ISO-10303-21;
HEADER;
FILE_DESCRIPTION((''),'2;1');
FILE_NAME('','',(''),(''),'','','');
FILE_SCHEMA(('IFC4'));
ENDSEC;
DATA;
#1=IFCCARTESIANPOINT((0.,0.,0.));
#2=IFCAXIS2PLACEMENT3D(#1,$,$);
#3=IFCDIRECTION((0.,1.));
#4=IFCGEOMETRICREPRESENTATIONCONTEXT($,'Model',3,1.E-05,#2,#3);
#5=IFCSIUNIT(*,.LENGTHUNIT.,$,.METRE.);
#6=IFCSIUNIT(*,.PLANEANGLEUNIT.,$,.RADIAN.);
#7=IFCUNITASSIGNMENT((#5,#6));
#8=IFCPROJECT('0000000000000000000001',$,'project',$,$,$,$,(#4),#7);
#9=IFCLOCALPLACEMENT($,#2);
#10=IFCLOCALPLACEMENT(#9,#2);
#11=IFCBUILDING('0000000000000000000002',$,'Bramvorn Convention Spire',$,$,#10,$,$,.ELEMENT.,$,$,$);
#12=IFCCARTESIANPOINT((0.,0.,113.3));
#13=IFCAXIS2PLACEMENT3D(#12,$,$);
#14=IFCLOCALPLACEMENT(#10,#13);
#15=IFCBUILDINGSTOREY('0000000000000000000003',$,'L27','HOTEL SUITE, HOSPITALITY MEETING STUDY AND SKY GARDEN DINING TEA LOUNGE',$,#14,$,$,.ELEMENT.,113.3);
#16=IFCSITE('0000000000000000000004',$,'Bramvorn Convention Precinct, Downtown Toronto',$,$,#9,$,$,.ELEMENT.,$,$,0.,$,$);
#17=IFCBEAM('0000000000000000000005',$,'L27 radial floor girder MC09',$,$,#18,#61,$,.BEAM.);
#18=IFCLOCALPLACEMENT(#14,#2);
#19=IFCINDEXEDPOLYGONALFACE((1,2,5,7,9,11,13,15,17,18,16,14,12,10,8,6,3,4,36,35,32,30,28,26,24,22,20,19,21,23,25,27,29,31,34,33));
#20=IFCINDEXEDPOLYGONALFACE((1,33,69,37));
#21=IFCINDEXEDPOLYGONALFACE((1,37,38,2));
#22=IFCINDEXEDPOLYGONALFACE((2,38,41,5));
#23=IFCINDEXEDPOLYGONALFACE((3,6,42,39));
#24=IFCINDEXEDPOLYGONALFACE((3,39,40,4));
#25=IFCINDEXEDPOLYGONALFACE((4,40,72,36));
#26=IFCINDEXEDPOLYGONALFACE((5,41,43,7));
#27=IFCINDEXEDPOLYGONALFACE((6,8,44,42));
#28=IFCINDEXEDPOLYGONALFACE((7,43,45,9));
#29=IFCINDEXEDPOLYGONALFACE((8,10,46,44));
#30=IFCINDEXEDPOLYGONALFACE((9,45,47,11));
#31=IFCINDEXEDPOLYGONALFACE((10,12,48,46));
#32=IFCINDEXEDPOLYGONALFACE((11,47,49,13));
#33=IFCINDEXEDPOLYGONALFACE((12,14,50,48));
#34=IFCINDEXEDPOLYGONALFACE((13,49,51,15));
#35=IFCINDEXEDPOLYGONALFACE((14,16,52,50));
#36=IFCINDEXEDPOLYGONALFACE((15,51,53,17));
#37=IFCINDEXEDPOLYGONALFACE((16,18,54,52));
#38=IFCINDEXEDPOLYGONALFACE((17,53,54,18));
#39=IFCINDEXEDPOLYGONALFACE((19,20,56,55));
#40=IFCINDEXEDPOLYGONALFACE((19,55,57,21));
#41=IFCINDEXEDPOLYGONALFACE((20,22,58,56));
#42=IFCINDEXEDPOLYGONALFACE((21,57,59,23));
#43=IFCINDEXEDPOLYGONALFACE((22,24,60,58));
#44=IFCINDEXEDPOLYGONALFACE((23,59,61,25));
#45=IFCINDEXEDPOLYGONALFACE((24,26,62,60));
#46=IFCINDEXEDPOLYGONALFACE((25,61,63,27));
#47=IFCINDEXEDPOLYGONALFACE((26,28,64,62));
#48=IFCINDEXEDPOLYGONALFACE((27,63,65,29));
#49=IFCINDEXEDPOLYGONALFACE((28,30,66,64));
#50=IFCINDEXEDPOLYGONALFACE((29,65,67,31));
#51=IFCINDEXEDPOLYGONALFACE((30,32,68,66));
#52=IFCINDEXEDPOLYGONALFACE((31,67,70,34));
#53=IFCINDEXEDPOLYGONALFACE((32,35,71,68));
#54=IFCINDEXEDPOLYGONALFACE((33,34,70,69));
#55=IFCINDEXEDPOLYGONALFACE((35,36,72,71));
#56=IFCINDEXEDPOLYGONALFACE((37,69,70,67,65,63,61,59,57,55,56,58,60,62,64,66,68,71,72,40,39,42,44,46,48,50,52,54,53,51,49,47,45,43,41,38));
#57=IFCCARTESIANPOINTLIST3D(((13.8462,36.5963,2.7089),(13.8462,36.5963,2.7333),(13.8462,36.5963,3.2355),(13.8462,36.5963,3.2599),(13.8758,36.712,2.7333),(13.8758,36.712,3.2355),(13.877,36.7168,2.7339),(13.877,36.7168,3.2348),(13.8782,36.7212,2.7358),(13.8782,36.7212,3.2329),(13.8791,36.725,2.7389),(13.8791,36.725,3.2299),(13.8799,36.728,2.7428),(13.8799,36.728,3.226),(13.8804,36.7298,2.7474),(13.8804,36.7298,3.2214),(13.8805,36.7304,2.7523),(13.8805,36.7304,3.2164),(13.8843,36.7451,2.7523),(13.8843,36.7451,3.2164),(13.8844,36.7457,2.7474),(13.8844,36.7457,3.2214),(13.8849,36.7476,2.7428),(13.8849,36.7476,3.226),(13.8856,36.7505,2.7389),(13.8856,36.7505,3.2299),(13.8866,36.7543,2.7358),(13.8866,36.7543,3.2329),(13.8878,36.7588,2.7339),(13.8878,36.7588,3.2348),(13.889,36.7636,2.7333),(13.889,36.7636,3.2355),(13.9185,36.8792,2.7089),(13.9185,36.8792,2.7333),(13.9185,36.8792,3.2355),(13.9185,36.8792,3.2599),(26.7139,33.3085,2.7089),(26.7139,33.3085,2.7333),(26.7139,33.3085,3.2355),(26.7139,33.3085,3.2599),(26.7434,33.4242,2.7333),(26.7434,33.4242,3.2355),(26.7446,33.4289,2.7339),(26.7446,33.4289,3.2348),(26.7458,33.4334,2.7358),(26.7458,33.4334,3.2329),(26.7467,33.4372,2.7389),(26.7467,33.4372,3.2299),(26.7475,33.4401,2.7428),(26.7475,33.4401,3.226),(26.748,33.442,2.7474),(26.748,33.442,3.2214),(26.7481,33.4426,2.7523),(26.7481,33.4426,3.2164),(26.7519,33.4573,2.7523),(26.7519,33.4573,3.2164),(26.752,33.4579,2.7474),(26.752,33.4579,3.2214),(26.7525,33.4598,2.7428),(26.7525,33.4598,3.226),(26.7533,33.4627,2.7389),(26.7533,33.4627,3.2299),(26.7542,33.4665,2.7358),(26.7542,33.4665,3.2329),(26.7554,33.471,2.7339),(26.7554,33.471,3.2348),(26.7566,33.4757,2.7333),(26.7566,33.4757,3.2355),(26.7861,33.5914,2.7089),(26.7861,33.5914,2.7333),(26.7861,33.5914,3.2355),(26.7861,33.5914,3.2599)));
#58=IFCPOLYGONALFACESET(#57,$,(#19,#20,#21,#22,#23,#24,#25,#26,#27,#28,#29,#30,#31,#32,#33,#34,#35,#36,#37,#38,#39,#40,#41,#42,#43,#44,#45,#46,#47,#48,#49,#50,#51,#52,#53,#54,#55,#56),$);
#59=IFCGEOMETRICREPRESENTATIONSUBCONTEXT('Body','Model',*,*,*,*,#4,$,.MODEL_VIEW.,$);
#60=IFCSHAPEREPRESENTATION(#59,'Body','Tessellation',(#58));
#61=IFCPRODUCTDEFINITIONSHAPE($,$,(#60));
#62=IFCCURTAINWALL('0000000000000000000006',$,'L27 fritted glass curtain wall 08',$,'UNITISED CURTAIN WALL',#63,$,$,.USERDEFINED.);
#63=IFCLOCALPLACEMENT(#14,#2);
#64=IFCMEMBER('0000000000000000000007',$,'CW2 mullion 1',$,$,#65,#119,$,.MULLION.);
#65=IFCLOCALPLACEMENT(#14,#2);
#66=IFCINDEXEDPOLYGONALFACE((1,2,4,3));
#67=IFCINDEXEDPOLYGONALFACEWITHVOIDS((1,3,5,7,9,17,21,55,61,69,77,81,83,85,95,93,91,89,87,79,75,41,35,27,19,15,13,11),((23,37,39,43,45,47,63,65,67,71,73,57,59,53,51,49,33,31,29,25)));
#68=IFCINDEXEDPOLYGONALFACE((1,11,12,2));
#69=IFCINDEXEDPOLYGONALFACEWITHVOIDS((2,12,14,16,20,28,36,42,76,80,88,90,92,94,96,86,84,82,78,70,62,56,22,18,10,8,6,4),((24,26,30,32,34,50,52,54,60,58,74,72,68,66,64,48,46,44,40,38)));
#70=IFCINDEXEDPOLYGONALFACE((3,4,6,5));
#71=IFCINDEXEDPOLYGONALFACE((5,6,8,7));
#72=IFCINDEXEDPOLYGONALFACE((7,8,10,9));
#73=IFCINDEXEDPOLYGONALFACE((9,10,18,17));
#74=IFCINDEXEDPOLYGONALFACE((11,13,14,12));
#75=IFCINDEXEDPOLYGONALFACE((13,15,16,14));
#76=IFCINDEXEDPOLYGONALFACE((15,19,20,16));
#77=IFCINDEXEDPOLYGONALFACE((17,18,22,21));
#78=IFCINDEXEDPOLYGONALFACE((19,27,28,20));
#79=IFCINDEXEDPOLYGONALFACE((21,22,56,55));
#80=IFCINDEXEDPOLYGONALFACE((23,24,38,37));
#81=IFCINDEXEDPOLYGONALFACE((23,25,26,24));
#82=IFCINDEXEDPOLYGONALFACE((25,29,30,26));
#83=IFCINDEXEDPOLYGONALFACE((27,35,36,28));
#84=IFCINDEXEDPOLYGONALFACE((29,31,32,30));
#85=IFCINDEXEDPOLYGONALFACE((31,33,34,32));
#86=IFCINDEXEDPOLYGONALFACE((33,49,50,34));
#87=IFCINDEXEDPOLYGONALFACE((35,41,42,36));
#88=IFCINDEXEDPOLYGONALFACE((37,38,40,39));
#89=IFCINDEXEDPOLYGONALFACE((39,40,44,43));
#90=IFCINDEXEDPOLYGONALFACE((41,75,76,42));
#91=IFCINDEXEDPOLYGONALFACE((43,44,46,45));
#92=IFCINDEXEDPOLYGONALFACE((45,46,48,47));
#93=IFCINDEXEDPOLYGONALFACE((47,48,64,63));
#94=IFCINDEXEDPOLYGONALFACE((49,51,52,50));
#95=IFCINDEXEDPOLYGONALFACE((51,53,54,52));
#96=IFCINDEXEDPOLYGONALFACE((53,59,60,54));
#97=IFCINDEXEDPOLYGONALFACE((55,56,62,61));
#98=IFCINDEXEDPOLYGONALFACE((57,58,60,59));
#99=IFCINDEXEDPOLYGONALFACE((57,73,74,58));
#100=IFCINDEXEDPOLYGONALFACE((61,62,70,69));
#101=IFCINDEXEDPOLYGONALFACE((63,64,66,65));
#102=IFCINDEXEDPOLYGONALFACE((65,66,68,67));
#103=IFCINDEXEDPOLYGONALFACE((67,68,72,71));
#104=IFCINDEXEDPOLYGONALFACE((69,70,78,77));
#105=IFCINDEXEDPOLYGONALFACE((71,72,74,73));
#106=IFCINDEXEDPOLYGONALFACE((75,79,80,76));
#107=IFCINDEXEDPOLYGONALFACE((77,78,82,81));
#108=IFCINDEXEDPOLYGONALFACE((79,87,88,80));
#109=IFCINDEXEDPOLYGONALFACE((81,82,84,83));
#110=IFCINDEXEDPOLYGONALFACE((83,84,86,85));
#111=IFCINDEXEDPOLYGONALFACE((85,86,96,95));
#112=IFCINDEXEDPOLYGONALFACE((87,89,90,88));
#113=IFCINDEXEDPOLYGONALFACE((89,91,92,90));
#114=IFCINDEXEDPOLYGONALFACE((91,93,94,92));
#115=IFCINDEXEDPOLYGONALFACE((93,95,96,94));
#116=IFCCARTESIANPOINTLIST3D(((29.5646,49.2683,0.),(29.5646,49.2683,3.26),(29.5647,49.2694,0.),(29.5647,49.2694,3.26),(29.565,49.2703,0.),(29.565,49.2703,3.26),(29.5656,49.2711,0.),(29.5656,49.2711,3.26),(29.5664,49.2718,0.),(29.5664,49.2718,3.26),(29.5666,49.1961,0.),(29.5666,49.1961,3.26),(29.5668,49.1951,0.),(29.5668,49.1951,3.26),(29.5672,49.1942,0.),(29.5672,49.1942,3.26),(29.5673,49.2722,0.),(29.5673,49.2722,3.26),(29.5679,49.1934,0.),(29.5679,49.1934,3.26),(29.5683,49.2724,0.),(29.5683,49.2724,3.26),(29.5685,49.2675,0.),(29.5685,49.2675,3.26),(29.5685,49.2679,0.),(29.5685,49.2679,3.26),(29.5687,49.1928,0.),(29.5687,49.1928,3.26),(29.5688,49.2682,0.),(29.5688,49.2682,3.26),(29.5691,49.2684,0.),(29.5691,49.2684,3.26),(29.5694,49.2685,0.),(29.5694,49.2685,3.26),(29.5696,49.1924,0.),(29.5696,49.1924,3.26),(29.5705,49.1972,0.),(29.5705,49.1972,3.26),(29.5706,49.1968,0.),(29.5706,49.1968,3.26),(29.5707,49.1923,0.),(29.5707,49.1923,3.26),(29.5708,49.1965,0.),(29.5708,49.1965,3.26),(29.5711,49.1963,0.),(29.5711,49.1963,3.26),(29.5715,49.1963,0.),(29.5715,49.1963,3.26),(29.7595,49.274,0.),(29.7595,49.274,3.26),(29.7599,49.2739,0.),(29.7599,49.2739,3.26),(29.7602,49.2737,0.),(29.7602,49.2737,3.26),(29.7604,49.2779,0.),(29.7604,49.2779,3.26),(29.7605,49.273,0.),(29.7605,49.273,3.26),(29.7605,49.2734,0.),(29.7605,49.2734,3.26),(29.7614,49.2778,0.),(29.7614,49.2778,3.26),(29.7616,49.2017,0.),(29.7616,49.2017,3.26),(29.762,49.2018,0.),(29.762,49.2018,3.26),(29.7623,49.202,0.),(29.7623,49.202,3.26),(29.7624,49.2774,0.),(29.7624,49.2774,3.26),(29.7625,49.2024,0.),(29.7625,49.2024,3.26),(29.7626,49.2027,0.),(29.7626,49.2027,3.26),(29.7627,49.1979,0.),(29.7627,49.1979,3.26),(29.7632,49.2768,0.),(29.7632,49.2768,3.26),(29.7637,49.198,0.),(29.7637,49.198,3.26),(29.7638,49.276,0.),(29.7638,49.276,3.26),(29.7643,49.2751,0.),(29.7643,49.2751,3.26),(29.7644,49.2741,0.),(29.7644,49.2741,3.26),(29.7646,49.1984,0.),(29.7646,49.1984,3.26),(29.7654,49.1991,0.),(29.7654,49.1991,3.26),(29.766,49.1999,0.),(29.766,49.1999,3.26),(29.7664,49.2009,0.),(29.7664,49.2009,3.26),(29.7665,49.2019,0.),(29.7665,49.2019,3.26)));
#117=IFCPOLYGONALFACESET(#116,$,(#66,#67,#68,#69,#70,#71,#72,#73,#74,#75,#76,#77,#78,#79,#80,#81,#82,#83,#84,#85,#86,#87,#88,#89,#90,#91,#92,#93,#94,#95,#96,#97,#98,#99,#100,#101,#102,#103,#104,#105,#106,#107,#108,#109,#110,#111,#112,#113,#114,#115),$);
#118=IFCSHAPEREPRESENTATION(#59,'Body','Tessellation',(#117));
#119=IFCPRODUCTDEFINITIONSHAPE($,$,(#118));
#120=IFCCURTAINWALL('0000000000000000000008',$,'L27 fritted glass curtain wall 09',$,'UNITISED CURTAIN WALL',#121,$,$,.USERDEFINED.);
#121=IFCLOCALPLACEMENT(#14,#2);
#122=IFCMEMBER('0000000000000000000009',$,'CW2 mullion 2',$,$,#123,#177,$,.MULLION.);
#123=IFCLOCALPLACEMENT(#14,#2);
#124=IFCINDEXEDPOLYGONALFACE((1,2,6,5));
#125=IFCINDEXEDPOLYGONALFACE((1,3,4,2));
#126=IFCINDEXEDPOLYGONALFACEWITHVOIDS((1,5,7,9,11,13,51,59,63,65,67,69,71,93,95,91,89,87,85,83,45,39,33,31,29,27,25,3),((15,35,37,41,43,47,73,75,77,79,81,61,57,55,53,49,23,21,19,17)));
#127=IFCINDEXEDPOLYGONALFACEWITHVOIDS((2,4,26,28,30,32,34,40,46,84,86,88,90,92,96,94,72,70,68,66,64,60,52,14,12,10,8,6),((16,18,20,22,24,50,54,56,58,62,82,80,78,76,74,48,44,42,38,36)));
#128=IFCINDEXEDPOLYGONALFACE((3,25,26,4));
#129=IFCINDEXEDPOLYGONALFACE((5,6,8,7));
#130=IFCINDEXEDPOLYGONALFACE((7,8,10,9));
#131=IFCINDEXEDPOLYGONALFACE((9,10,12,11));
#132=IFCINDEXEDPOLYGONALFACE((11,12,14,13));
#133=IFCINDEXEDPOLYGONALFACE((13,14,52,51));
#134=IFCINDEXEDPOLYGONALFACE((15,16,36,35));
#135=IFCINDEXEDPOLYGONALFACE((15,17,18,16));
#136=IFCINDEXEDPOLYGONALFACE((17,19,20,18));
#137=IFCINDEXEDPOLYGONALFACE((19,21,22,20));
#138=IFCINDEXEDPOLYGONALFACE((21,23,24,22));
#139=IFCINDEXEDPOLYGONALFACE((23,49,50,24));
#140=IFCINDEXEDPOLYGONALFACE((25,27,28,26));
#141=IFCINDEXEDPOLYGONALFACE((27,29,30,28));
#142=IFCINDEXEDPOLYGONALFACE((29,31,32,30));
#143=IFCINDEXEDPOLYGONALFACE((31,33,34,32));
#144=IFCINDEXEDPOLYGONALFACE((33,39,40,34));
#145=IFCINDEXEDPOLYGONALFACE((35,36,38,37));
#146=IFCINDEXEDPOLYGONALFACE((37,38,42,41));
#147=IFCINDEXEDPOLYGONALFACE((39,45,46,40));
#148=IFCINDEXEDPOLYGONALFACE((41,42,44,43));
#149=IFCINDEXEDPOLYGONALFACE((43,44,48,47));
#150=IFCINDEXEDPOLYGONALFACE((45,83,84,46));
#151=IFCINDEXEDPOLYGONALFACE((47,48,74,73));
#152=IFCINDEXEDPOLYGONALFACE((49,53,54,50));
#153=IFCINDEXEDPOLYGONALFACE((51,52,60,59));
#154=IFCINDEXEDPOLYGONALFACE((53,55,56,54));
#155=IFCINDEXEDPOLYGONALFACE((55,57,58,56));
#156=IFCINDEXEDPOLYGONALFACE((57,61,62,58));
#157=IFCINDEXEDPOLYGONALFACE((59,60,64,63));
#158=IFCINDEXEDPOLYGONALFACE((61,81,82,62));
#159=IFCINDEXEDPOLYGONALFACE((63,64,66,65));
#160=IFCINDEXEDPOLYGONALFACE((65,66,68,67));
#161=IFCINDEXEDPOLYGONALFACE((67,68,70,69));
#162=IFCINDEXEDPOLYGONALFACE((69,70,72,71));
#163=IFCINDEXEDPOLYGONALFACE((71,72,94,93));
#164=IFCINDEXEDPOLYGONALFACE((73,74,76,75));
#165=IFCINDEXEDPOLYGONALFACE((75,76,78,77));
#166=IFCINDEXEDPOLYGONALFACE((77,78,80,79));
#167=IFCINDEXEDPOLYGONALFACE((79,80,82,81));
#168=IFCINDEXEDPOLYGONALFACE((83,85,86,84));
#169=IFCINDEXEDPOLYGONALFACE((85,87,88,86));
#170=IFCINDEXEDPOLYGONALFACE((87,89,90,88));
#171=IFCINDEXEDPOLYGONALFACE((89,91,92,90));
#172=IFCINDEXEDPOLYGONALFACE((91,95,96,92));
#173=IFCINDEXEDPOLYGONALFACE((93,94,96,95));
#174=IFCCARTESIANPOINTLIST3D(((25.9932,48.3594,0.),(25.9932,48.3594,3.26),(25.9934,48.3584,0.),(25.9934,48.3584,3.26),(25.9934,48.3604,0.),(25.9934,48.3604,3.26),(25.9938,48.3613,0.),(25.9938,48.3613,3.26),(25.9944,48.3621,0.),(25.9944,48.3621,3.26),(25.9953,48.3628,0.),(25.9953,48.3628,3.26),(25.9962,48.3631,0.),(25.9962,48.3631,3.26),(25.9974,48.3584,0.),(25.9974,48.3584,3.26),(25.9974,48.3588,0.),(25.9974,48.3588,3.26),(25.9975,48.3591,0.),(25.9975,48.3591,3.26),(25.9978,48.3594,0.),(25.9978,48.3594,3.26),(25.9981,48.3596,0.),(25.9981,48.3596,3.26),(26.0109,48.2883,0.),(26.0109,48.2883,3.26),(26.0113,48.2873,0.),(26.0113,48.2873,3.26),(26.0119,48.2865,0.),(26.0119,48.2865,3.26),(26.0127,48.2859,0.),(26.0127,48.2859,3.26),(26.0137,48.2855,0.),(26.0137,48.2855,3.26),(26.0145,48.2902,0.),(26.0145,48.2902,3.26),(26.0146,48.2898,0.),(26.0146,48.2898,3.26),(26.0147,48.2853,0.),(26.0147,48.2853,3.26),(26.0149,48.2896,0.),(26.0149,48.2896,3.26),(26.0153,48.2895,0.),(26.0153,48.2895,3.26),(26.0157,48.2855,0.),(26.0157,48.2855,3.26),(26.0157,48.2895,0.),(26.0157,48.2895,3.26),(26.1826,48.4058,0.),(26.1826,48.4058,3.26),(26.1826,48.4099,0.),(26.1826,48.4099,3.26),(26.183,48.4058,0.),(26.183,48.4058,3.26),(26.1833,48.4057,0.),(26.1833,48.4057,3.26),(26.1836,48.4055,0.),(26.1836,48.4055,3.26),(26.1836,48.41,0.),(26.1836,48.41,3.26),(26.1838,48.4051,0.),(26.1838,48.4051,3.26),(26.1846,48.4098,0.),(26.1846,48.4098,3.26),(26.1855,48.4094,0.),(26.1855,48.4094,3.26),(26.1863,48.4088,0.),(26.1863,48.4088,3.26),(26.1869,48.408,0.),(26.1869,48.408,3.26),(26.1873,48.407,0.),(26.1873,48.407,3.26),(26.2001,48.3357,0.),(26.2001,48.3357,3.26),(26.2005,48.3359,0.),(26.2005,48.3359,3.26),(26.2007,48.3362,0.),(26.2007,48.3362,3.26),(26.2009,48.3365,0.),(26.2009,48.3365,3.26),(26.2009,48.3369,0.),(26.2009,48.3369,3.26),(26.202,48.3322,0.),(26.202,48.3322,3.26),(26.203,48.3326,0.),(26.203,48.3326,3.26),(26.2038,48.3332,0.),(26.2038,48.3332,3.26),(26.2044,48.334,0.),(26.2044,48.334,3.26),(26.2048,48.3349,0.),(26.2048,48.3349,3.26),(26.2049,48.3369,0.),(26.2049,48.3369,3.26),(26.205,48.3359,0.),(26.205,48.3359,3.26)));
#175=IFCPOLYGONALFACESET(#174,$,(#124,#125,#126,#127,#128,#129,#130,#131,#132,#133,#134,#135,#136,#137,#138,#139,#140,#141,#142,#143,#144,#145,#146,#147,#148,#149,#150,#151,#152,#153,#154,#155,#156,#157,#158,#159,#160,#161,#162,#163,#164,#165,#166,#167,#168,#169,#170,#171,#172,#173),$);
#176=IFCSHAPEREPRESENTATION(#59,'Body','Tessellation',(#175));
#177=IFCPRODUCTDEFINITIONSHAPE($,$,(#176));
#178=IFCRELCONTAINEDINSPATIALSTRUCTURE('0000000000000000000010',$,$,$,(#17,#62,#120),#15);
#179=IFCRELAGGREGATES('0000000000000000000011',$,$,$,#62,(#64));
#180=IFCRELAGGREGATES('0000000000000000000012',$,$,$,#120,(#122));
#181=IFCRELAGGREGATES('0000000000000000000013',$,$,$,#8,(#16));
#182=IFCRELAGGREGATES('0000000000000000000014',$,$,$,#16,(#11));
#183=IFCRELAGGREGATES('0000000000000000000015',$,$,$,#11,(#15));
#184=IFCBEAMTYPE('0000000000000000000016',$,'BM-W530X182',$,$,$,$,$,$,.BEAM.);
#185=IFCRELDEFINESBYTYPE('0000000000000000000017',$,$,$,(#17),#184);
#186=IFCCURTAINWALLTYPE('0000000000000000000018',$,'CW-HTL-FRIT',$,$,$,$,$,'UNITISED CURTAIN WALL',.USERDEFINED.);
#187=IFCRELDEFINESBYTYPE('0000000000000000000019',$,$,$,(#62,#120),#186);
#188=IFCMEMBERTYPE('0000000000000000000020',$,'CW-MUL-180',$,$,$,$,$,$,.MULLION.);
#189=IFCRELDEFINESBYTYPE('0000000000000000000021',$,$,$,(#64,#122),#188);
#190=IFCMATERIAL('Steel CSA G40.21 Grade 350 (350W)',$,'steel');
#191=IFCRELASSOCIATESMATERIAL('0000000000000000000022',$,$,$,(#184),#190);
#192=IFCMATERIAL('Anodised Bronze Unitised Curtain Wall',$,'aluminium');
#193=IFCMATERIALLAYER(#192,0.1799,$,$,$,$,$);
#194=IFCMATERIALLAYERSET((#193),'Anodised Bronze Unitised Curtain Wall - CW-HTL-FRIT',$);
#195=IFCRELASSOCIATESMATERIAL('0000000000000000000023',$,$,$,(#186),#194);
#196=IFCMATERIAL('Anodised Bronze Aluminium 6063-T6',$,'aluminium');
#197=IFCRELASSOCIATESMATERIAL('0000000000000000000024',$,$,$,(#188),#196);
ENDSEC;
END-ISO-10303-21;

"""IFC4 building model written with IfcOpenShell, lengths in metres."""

from ifc_helpers import new_model, si_unit, direction, frame, origin, origin_2d, place, context, subcontext, project, spatial, hollow_rectangle, i_section, extrude, material, layer, layer_set, material_profile, profile_set, type_object, element, aggregate, save


model = new_model("IFC4")

# Units and contexts
model_context = context("Model", 3, precision=1e-05, world=origin(), true_north=direction((0.0, 1.0)))
body_context = subcontext(model_context, "Body", "Model", "MODEL_VIEW")
ifc_project = project(units=[si_unit("LENGTHUNIT", "METRE"), si_unit("PLANEANGLEUNIT", "RADIAN")], contexts=[model_context])

# Site, building, storey
site_placement = place(None, origin())
site = spatial("IfcSite", under=ifc_project, at=site_placement, Name="Bramvorn Convention Precinct, Downtown Toronto", CompositionType="ELEMENT", RefElevation=0.0)
building_placement = place(site_placement, origin())
building = spatial("IfcBuilding", under=site, at=building_placement, Name="Bramvorn Convention Spire", CompositionType="ELEMENT")
storey_placement = place(building_placement, frame((0.0, 0.0, 113.3)))
storey = spatial("IfcBuildingStorey", under=building, at=storey_placement, Name="L27", Description="HOTEL SUITE, HOSPITALITY MEETING STUDY AND SKY GARDEN DINING TEA LOUNGE", CompositionType="ELEMENT", Elevation=113.3)

# Shared definitions
ifc_material_1 = material(Name="Steel CSA G40.21 Grade 350 (350W)", Category="steel")

# Beam
ifc_material_profile_1 = material_profile(ifc_material_1, i_section(OverallWidth=0.292, OverallDepth=0.551, WebThickness=0.0151, FlangeThickness=0.0244, FilletRadius=0.019, at=origin_2d()))
ifc_profile_set_1 = profile_set([ifc_material_profile_1], Name="Steel CSA G40.21 Grade 350 (350W) - W530X182")
beam_type_1 = type_object("IfcBeamType", Name="BM-W530X182", PredefinedType="BEAM", material=ifc_profile_set_1)
beam_1_placement = place(storey_placement, frame((26.75, 33.45, 2.9844), z_axis=(-0.968873, 0.247558, 0.0), x_axis=(-0.247558, -0.968873, 0.0)))
element("IfcBeam", 1, at=beam_1_placement, inside=storey, type_object=beam_type_1, Name="L27 radial floor girder MC09", PredefinedType="BEAM", context=body_context, shape_type="SweptSolid", body=[
    extrude(i_section(OverallWidth=0.292, OverallDepth=0.551, WebThickness=0.0151, FlangeThickness=0.0244, FilletRadius=0.019, at=origin_2d()), origin(), (0.0, 0.0, 1.0), 13.281),
])

# Curtain wall, member
ifc_material_2 = material(Name="Anodised Bronze Unitised Curtain Wall", Category="aluminium")
ifc_layer_1 = layer(ifc_material_2, 0.1799)
ifc_layer_set_1 = layer_set([ifc_layer_1], Name="Anodised Bronze Unitised Curtain Wall - CW-HTL-FRIT")
curtain_wall_type = type_object("IfcCurtainWallType", Name="CW-HTL-FRIT", ElementType="UNITISED CURTAIN WALL", PredefinedType="USERDEFINED", material=ifc_layer_set_1)
curtain_wall_1_placement = place(storey_placement, origin())
curtain_wall_1 = element("IfcCurtainWall", 2, at=curtain_wall_1_placement, inside=storey, type_object=curtain_wall_type, Name="L27 fritted glass curtain wall 08", ObjectType="UNITISED CURTAIN WALL", PredefinedType="USERDEFINED")
ifc_material_3 = material(Name="Anodised Bronze Aluminium 6063-T6", Category="aluminium")
ifc_material_profile_2 = material_profile(ifc_material_3, hollow_rectangle(XDim=0.0801, YDim=0.2, WallThickness=0.0039, InnerFilletRadius=0.001, OuterFilletRadius=0.0039, at=origin_2d()))
ifc_profile_set_2 = profile_set([ifc_material_profile_2], Name="Anodised Bronze Aluminium 6063-T6 - CWM80X200")
member_type_1 = type_object("IfcMemberType", Name="CW-MUL-180", PredefinedType="MULLION", material=ifc_profile_set_2)
member_1_placement = place(storey_placement, frame((29.6655, 49.2351, 0.0), z_axis=(0.0, 0.0, 1.0), x_axis=(-0.028788, 0.999586, 0.0)))
member_1 = element("IfcMember", 3, at=member_1_placement, type_object=member_type_1, Name="CW2 mullion 1", PredefinedType="MULLION", context=body_context, shape_type="SweptSolid", body=[
    extrude(hollow_rectangle(XDim=0.0801, YDim=0.2, WallThickness=0.0039, InnerFilletRadius=0.001, OuterFilletRadius=0.0039, at=origin_2d()), origin(), (0.0, 0.0, 1.0), 3.26),
])

# Curtain wall, member
curtain_wall_2_placement = place(storey_placement, origin())
curtain_wall_2 = element("IfcCurtainWall", 4, at=curtain_wall_2_placement, inside=storey, type_object=curtain_wall_type, Name="L27 fritted glass curtain wall 09", ObjectType="UNITISED CURTAIN WALL", PredefinedType="USERDEFINED")
member_2_placement = place(storey_placement, frame((26.0991, 48.3477, 0.0), z_axis=(0.0, 0.0, 1.0), x_axis=(-0.243204, 0.969975, 0.0)))
member_2 = element("IfcMember", 5, at=member_2_placement, type_object=member_type_1, Name="CW2 mullion 2", PredefinedType="MULLION", context=body_context, shape_type="SweptSolid", body=[
    extrude(hollow_rectangle(XDim=0.0801, YDim=0.2, WallThickness=0.0039, InnerFilletRadius=0.001, OuterFilletRadius=0.0039, at=origin_2d()), origin(), (0.0, 0.0, 1.0), 3.26),
])

aggregate(curtain_wall_1, [member_1])
aggregate(curtain_wall_2, [member_2])

save(model, "model.ifc")
